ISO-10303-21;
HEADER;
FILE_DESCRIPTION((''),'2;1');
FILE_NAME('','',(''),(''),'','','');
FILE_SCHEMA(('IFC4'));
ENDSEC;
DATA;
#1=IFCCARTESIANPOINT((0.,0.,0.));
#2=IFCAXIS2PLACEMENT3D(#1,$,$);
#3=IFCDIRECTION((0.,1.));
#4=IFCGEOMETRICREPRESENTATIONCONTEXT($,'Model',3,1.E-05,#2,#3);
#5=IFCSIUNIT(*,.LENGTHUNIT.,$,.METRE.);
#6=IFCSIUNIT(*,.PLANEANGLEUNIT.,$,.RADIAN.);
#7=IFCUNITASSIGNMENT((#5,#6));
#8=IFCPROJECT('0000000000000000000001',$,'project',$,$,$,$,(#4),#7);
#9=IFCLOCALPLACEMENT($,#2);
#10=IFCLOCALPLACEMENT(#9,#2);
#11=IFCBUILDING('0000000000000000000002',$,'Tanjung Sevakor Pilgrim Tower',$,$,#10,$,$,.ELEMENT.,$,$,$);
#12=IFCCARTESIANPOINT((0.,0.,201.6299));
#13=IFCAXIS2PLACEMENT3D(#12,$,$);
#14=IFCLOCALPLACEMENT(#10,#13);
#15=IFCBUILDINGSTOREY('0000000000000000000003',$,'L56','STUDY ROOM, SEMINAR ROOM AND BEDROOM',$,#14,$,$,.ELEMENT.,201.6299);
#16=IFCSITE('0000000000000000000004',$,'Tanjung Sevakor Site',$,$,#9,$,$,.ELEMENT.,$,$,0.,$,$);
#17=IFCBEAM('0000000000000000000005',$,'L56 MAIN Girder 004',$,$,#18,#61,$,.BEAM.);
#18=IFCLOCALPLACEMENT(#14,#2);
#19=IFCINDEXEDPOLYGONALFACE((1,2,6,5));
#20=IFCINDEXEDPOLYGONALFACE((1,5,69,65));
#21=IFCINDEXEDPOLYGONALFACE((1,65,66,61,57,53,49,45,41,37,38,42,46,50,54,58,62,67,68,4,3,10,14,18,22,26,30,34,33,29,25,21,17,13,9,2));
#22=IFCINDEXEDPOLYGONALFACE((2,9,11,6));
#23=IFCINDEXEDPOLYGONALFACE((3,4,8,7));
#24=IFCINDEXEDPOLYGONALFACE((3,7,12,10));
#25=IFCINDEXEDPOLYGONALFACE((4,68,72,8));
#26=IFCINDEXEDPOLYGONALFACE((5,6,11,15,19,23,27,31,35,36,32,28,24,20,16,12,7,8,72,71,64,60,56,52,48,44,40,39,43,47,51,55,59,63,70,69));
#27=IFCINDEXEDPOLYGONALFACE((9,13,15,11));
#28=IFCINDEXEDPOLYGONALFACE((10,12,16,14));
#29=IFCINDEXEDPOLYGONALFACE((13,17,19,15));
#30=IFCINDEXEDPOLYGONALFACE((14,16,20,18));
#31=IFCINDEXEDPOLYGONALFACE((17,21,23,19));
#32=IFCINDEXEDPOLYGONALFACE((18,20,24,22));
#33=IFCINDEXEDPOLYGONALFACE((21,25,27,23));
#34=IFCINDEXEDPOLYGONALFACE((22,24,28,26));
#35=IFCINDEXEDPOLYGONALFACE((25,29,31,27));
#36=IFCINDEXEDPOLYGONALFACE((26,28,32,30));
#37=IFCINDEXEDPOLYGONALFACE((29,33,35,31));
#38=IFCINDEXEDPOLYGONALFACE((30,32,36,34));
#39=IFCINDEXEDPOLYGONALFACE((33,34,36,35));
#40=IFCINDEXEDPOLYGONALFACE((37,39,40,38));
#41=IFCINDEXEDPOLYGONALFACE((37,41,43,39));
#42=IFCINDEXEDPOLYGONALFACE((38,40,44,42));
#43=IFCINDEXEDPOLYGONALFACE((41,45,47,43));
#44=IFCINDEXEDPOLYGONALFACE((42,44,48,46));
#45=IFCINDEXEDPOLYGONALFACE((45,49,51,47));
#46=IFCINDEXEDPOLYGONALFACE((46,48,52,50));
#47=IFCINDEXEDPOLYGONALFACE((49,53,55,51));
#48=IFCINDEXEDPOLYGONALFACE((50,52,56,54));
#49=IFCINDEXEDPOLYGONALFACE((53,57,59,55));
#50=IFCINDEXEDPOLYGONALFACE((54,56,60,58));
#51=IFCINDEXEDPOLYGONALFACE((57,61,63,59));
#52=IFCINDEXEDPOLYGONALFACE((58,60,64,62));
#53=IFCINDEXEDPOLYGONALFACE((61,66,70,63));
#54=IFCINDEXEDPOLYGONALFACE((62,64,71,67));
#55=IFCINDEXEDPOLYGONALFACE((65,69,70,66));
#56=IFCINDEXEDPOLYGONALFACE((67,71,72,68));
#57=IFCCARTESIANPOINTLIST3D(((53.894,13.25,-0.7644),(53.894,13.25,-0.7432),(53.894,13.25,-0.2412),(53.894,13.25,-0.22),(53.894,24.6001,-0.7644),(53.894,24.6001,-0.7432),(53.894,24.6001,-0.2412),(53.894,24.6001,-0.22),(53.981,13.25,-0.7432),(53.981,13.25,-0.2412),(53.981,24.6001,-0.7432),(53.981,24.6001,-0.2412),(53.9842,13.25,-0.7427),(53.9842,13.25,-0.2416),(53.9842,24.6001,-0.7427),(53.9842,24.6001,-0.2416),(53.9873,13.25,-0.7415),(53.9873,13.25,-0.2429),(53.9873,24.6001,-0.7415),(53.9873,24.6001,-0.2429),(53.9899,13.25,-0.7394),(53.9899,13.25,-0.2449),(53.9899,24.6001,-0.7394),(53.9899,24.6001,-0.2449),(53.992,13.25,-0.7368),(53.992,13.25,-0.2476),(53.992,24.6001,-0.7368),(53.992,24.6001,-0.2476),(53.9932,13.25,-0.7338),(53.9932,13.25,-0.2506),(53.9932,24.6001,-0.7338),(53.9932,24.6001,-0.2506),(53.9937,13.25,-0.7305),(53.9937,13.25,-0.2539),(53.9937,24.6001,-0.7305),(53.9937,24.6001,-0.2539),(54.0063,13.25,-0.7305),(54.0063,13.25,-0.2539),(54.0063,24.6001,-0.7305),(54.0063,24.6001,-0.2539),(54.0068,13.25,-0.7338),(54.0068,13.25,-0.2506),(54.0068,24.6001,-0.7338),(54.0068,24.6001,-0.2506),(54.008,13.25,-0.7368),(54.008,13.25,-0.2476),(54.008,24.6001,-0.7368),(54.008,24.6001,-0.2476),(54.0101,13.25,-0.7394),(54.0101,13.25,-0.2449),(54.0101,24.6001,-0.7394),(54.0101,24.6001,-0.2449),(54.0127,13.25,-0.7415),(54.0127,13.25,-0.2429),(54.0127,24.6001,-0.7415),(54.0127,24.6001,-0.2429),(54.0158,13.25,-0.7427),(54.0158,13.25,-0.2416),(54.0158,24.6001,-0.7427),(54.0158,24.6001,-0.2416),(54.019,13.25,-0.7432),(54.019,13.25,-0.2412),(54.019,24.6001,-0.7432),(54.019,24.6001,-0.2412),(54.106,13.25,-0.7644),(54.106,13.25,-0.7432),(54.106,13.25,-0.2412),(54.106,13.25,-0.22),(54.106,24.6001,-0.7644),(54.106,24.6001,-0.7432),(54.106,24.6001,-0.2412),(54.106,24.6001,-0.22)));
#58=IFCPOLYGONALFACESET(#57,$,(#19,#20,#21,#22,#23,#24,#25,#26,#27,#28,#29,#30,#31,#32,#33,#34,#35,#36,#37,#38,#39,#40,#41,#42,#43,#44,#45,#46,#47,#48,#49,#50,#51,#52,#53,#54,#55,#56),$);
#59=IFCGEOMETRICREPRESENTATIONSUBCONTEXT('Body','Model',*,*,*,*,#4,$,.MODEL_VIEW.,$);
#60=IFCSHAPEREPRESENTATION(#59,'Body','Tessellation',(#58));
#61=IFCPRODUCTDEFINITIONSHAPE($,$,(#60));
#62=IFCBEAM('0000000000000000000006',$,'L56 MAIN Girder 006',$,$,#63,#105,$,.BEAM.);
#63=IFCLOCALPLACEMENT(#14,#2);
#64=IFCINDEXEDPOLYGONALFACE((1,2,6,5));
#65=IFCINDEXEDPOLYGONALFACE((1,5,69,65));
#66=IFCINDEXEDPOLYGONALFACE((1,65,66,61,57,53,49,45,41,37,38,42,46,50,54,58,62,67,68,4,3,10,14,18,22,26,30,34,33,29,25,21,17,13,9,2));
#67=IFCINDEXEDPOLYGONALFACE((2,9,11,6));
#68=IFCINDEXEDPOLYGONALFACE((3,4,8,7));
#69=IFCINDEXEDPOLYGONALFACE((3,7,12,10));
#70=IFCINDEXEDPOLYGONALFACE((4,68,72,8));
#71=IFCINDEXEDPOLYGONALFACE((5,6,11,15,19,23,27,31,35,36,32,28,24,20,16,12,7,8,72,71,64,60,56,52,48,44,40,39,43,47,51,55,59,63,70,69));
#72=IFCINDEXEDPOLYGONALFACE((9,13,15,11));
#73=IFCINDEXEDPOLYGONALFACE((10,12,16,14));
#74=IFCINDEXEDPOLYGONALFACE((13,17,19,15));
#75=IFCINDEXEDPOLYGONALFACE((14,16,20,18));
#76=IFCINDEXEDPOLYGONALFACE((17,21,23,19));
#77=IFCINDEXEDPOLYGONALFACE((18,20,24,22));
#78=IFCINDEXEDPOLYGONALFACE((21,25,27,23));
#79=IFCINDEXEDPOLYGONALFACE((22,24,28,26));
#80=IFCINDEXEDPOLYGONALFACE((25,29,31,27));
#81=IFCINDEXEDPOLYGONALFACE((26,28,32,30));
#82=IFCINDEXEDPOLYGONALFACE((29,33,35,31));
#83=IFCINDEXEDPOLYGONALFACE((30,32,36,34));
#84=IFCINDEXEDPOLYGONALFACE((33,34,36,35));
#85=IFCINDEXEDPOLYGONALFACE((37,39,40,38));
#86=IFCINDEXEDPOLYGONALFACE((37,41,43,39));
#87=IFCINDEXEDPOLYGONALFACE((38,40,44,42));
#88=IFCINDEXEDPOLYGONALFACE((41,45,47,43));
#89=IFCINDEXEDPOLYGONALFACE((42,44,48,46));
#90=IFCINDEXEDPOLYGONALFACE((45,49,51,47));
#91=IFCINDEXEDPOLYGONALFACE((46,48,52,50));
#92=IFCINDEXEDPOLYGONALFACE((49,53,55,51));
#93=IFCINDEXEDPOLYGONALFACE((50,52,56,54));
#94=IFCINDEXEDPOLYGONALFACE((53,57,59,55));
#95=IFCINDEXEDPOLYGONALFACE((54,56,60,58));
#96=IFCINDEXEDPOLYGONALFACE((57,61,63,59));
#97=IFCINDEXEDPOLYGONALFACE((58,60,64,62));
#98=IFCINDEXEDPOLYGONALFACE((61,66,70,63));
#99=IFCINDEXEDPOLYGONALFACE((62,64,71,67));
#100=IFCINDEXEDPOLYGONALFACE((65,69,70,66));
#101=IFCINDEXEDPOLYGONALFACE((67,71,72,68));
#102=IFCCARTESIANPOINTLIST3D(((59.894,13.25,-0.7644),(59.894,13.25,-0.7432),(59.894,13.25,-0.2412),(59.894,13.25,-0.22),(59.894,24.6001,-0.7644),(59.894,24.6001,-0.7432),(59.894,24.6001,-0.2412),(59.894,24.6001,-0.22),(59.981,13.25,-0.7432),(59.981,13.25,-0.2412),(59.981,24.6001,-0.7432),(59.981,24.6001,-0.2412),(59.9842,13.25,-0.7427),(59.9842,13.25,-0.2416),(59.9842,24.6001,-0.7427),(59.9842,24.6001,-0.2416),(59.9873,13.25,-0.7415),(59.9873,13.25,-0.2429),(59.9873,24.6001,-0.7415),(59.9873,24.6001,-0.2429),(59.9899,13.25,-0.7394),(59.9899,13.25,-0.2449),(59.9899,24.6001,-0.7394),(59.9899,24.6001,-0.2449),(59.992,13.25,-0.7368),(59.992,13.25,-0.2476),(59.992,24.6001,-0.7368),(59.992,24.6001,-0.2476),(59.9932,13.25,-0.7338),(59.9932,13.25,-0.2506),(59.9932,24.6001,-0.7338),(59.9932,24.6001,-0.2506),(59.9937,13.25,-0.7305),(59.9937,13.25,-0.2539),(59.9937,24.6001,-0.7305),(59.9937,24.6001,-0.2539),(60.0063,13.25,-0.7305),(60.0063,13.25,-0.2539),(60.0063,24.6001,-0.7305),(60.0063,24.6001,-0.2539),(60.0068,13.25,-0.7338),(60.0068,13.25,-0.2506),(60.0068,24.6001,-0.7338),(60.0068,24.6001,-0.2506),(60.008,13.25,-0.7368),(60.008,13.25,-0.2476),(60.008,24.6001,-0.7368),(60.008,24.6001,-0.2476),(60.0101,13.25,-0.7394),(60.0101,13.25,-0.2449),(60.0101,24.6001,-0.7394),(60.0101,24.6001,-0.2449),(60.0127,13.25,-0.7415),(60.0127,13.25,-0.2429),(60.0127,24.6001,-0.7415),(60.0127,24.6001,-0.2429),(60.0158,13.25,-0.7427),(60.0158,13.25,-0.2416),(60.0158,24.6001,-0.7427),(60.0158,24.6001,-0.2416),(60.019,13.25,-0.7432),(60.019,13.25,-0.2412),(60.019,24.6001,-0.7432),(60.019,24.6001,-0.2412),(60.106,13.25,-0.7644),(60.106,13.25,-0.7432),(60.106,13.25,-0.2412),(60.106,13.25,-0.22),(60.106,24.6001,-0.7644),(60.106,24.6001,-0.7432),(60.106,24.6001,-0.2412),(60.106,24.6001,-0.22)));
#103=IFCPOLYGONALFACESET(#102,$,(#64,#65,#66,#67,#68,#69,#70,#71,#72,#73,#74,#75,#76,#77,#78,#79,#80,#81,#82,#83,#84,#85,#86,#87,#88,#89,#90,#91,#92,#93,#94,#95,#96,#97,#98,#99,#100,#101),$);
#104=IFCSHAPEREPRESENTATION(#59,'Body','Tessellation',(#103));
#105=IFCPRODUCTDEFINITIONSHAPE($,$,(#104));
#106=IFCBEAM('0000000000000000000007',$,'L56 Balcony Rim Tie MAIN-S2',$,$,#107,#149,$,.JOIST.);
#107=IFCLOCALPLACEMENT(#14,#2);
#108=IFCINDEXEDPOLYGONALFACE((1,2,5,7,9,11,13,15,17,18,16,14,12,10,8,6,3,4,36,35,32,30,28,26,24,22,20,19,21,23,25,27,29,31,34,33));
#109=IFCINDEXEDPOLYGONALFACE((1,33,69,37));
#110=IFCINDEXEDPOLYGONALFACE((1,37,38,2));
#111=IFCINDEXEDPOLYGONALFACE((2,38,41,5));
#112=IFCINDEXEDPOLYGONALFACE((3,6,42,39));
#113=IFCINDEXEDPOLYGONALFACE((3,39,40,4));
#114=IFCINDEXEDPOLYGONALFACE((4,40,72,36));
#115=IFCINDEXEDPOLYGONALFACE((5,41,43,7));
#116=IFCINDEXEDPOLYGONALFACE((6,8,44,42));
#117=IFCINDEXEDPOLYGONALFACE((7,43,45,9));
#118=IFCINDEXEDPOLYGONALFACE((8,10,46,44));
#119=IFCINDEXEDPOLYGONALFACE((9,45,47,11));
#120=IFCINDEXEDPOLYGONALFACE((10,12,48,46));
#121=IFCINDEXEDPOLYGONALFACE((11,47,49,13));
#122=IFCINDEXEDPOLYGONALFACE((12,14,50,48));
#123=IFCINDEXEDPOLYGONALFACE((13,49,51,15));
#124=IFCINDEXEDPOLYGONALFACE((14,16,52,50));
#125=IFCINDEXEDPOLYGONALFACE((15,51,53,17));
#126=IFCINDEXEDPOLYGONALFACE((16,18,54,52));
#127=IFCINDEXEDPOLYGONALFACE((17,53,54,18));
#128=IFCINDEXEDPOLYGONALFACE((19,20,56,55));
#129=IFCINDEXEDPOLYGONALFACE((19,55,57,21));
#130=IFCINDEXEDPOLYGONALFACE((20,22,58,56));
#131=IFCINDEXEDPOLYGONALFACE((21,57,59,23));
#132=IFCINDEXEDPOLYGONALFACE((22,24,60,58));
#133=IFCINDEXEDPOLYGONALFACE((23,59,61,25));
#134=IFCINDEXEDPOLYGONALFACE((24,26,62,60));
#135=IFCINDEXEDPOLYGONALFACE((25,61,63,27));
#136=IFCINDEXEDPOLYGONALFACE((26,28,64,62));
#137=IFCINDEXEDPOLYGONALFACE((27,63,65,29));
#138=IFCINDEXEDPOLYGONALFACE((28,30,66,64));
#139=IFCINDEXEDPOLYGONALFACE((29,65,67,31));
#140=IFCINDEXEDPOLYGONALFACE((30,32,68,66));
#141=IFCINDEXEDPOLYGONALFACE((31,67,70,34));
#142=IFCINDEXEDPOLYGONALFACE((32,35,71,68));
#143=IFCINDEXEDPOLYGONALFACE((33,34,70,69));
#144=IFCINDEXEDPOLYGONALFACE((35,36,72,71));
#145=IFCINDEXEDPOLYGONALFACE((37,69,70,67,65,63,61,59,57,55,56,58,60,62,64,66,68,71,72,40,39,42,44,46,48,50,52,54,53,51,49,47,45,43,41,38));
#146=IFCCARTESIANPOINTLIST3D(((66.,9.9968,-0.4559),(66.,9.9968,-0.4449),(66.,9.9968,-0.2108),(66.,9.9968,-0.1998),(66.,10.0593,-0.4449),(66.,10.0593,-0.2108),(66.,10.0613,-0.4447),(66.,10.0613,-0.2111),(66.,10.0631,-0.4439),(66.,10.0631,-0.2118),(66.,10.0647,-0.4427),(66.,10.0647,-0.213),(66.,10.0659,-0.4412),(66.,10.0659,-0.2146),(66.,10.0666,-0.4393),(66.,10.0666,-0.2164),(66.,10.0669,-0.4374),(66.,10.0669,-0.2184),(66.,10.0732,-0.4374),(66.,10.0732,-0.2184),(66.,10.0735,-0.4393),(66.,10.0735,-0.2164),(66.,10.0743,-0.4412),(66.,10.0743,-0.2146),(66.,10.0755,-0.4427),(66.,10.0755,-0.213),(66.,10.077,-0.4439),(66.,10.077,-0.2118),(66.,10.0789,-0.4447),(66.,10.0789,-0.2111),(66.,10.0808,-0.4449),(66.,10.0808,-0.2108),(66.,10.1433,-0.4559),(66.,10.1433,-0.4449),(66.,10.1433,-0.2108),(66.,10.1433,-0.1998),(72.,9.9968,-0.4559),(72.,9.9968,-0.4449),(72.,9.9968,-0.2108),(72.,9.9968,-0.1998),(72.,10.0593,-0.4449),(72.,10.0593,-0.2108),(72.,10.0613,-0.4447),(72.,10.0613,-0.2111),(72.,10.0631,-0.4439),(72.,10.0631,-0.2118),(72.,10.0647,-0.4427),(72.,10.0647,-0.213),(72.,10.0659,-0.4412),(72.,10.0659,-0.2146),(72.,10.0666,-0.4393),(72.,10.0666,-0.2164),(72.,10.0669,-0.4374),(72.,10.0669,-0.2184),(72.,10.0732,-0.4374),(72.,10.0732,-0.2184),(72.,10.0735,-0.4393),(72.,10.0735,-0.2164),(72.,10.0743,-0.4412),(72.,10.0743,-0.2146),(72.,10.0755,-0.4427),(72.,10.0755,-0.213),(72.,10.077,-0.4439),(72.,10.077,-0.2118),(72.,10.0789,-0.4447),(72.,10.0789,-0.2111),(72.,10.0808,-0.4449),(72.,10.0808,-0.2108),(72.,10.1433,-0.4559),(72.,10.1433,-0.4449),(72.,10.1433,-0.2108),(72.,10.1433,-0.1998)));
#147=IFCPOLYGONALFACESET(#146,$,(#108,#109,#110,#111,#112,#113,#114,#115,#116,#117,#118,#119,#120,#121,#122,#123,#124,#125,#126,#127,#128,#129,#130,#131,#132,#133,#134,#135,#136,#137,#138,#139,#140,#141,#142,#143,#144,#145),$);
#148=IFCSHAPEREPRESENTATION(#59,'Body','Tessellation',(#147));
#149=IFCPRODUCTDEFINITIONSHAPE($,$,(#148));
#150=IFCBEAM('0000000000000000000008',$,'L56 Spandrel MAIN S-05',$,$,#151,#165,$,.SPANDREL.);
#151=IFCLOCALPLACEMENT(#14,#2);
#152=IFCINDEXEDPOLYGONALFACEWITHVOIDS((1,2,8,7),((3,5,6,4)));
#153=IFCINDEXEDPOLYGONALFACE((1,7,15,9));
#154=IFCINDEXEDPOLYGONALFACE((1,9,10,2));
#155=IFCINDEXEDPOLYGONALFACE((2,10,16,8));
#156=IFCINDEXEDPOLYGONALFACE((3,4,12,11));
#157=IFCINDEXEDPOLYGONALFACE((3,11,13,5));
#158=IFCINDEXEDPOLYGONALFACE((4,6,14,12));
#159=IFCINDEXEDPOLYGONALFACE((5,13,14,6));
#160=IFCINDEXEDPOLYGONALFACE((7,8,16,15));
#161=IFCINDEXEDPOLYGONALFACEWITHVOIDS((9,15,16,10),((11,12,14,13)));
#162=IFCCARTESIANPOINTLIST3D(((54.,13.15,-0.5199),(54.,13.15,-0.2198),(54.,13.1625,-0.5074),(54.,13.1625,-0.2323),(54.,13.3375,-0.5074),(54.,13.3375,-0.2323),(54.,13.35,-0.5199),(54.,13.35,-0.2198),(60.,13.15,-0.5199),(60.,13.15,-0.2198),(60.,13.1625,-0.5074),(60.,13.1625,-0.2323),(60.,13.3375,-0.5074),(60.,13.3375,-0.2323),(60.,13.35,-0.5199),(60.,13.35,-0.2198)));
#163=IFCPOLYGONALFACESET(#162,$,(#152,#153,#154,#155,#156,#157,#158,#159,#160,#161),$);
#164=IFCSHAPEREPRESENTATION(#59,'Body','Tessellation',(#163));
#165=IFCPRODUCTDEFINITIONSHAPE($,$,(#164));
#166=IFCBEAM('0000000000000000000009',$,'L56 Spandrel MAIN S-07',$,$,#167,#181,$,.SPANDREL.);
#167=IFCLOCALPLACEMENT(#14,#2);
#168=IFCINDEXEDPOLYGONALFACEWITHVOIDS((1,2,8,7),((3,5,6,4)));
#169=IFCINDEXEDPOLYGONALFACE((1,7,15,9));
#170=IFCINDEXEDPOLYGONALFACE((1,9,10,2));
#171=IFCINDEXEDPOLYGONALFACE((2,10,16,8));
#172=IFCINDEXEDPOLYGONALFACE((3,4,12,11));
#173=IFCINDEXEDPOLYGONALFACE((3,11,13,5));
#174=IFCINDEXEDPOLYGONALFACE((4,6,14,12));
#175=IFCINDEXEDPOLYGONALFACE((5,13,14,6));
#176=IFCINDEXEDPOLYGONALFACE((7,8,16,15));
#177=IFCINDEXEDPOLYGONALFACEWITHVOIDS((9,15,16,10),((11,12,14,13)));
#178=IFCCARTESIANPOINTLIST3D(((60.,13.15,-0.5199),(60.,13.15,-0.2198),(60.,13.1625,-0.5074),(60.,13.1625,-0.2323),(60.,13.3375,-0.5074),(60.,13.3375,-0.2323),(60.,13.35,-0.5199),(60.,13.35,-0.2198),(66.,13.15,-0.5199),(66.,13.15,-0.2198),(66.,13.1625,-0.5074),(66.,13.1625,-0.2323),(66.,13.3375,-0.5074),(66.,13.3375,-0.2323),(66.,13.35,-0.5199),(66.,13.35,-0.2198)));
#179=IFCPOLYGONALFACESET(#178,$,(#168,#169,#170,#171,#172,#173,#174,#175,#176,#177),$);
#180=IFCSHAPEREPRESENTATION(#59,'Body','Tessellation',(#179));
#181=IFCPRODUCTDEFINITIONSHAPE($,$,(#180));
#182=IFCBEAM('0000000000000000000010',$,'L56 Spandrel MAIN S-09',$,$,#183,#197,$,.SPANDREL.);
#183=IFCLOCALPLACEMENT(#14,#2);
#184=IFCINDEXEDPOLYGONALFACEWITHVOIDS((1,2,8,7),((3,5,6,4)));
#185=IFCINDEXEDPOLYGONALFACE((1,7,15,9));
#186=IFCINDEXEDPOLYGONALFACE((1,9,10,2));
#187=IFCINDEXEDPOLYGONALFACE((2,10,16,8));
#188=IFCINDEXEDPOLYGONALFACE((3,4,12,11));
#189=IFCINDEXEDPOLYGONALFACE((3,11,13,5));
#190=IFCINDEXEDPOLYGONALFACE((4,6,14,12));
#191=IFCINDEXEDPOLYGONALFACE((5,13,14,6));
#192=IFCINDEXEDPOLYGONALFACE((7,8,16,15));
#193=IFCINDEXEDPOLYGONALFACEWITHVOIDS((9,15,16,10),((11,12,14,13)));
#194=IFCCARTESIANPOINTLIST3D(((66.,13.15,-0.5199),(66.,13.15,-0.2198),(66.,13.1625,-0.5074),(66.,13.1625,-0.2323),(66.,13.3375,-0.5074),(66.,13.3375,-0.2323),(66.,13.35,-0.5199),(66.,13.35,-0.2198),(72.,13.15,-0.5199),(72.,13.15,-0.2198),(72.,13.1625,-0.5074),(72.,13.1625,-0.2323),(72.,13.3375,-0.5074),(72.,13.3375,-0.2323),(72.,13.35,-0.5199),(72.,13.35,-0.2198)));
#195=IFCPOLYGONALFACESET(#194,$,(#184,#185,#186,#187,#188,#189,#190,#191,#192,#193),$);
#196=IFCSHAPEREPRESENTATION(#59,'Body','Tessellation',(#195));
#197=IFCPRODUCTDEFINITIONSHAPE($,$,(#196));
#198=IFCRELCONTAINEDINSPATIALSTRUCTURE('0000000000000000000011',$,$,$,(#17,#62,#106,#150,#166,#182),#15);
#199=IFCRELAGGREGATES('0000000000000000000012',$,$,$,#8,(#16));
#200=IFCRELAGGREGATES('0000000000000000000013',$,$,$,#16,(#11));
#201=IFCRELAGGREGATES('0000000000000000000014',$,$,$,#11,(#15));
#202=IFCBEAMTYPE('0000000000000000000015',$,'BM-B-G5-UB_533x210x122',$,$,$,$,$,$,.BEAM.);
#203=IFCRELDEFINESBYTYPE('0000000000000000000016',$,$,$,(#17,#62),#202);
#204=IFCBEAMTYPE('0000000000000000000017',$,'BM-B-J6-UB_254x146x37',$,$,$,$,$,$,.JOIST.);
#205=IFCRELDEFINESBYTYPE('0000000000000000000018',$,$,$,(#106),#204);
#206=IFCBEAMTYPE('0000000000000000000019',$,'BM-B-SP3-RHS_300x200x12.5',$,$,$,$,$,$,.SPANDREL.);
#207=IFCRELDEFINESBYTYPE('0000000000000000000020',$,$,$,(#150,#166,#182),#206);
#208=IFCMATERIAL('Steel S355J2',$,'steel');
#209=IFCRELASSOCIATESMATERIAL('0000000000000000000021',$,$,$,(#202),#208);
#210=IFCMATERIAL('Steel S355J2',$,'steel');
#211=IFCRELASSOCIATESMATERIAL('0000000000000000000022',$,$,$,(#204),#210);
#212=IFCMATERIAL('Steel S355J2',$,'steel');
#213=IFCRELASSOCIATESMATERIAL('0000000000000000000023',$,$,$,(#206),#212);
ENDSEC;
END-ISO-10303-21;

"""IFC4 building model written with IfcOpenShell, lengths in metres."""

from ifc_helpers import new_model, si_unit, direction, frame, origin, origin_2d, place, context, subcontext, project, spatial, hollow_rectangle, i_section, extrude, material, material_profile, profile_set, type_object, element, save


model = new_model("IFC4")

# Units and contexts
model_context = context("Model", 3, precision=1e-05, world=origin(), true_north=direction((0.0, 1.0)))
body_context = subcontext(model_context, "Body", "Model", "MODEL_VIEW")
ifc_project = project(units=[si_unit("LENGTHUNIT", "METRE"), si_unit("PLANEANGLEUNIT", "RADIAN")], contexts=[model_context])

# Site, building, storey
site_placement = place(None, origin())
site = spatial("IfcSite", under=ifc_project, at=site_placement, Name="Tanjung Sevakor Site", CompositionType="ELEMENT", RefElevation=0.0)
building_placement = place(site_placement, origin())
building = spatial("IfcBuilding", under=site, at=building_placement, Name="Tanjung Sevakor Pilgrim Tower", CompositionType="ELEMENT")
storey_placement = place(building_placement, frame((0.0, 0.0, 201.6299)))
storey = spatial("IfcBuildingStorey", under=building, at=storey_placement, Name="L56", Description="STUDY ROOM, SEMINAR ROOM AND BEDROOM", CompositionType="ELEMENT", Elevation=201.6299)

# Beams
ifc_material_1 = material(Name="Steel S355J2", Category="steel")
ifc_material_profile_1 = material_profile(ifc_material_1, i_section(OverallWidth=0.2119, OverallDepth=0.5444, WebThickness=0.0127, FlangeThickness=0.0212, FilletRadius=0.0127, at=origin_2d()))
ifc_profile_set_1 = profile_set([ifc_material_profile_1], Name="Steel S355J2")
beam_type_1 = type_object("IfcBeamType", Name="BM-B-G5-UB_533x210x122", PredefinedType="BEAM", material=ifc_profile_set_1)
for number, where, z_axis, x_axis, name in (
    (1, (54.0, 13.25, -0.4922), (0.0, 1.0, 0.0), (-1.0, 0.0, 0.0), "L56 MAIN Girder 004"),
    (2, (60.0, 13.25, -0.4922), (0.0, 1.0, 0.0), (-1.0, 0.0, 0.0), "L56 MAIN Girder 006"),
):
    element("IfcBeam", number, at=place(storey_placement, frame(where, z_axis=z_axis, x_axis=x_axis)), inside=storey, type_object=beam_type_1, Name=name, PredefinedType="BEAM", context=body_context, shape_type="SweptSolid", body=[
        extrude(i_section(OverallWidth=0.2119, OverallDepth=0.5444, WebThickness=0.0127, FlangeThickness=0.0212, FilletRadius=0.0127, at=origin_2d()), origin(), (0.0, 0.0, 1.0), 11.3501),
    ])
ifc_material_2 = material(Name="Steel S355J2", Category="steel")
ifc_material_profile_2 = material_profile(ifc_material_2, i_section(OverallWidth=0.1465, OverallDepth=0.2561, WebThickness=0.0063, FlangeThickness=0.011, FilletRadius=0.0076, at=origin_2d()))
ifc_profile_set_2 = profile_set([ifc_material_profile_2], Name="Steel S355J2")
beam_type_2 = type_object("IfcBeamType", Name="BM-B-J6-UB_254x146x37", PredefinedType="JOIST", material=ifc_profile_set_2)
beam_placement = place(storey_placement, frame((66.0, 10.0701, -0.3279), z_axis=(1.0, 0.0, 0.0), x_axis=(0.0, 1.0, 0.0)))
element("IfcBeam", 3, at=beam_placement, inside=storey, type_object=beam_type_2, Name="L56 Balcony Rim Tie MAIN-S2", PredefinedType="JOIST", context=body_context, shape_type="SweptSolid", body=[
    extrude(i_section(OverallWidth=0.1465, OverallDepth=0.2561, WebThickness=0.0063, FlangeThickness=0.011, FilletRadius=0.0076, at=origin_2d()), origin(), (0.0, 0.0, 1.0), 6.0),
])
ifc_material_3 = material(Name="Steel S355J2", Category="steel")
ifc_material_profile_3 = material_profile(ifc_material_3, hollow_rectangle(XDim=0.2, YDim=0.3, WallThickness=0.0125, at=origin_2d()))
ifc_profile_set_3 = profile_set([ifc_material_profile_3], Name="Steel S355J2")
beam_type_3 = type_object("IfcBeamType", Name="BM-B-SP3-RHS_300x200x12.5", PredefinedType="SPANDREL", material=ifc_profile_set_3)
for number, where, z_axis, x_axis, name in (
    (4, (54.0, 13.25, -0.3699), (1.0, 0.0, 0.0), (0.0, 1.0, 0.0), "L56 Spandrel MAIN S-05"),
    (5, (60.0, 13.25, -0.3699), (1.0, 0.0, 0.0), (0.0, 1.0, 0.0), "L56 Spandrel MAIN S-07"),
    (6, (66.0, 13.25, -0.3699), (1.0, 0.0, 0.0), (0.0, 1.0, 0.0), "L56 Spandrel MAIN S-09"),
):
    element("IfcBeam", number, at=place(storey_placement, frame(where, z_axis=z_axis, x_axis=x_axis)), inside=storey, type_object=beam_type_3, Name=name, PredefinedType="SPANDREL", context=body_context, shape_type="SweptSolid", body=[
        extrude(hollow_rectangle(XDim=0.2, YDim=0.3, WallThickness=0.0125, at=origin_2d()), origin(), (0.0, 0.0, 1.0), 6.0),
    ])

save(model, "model.ifc")
